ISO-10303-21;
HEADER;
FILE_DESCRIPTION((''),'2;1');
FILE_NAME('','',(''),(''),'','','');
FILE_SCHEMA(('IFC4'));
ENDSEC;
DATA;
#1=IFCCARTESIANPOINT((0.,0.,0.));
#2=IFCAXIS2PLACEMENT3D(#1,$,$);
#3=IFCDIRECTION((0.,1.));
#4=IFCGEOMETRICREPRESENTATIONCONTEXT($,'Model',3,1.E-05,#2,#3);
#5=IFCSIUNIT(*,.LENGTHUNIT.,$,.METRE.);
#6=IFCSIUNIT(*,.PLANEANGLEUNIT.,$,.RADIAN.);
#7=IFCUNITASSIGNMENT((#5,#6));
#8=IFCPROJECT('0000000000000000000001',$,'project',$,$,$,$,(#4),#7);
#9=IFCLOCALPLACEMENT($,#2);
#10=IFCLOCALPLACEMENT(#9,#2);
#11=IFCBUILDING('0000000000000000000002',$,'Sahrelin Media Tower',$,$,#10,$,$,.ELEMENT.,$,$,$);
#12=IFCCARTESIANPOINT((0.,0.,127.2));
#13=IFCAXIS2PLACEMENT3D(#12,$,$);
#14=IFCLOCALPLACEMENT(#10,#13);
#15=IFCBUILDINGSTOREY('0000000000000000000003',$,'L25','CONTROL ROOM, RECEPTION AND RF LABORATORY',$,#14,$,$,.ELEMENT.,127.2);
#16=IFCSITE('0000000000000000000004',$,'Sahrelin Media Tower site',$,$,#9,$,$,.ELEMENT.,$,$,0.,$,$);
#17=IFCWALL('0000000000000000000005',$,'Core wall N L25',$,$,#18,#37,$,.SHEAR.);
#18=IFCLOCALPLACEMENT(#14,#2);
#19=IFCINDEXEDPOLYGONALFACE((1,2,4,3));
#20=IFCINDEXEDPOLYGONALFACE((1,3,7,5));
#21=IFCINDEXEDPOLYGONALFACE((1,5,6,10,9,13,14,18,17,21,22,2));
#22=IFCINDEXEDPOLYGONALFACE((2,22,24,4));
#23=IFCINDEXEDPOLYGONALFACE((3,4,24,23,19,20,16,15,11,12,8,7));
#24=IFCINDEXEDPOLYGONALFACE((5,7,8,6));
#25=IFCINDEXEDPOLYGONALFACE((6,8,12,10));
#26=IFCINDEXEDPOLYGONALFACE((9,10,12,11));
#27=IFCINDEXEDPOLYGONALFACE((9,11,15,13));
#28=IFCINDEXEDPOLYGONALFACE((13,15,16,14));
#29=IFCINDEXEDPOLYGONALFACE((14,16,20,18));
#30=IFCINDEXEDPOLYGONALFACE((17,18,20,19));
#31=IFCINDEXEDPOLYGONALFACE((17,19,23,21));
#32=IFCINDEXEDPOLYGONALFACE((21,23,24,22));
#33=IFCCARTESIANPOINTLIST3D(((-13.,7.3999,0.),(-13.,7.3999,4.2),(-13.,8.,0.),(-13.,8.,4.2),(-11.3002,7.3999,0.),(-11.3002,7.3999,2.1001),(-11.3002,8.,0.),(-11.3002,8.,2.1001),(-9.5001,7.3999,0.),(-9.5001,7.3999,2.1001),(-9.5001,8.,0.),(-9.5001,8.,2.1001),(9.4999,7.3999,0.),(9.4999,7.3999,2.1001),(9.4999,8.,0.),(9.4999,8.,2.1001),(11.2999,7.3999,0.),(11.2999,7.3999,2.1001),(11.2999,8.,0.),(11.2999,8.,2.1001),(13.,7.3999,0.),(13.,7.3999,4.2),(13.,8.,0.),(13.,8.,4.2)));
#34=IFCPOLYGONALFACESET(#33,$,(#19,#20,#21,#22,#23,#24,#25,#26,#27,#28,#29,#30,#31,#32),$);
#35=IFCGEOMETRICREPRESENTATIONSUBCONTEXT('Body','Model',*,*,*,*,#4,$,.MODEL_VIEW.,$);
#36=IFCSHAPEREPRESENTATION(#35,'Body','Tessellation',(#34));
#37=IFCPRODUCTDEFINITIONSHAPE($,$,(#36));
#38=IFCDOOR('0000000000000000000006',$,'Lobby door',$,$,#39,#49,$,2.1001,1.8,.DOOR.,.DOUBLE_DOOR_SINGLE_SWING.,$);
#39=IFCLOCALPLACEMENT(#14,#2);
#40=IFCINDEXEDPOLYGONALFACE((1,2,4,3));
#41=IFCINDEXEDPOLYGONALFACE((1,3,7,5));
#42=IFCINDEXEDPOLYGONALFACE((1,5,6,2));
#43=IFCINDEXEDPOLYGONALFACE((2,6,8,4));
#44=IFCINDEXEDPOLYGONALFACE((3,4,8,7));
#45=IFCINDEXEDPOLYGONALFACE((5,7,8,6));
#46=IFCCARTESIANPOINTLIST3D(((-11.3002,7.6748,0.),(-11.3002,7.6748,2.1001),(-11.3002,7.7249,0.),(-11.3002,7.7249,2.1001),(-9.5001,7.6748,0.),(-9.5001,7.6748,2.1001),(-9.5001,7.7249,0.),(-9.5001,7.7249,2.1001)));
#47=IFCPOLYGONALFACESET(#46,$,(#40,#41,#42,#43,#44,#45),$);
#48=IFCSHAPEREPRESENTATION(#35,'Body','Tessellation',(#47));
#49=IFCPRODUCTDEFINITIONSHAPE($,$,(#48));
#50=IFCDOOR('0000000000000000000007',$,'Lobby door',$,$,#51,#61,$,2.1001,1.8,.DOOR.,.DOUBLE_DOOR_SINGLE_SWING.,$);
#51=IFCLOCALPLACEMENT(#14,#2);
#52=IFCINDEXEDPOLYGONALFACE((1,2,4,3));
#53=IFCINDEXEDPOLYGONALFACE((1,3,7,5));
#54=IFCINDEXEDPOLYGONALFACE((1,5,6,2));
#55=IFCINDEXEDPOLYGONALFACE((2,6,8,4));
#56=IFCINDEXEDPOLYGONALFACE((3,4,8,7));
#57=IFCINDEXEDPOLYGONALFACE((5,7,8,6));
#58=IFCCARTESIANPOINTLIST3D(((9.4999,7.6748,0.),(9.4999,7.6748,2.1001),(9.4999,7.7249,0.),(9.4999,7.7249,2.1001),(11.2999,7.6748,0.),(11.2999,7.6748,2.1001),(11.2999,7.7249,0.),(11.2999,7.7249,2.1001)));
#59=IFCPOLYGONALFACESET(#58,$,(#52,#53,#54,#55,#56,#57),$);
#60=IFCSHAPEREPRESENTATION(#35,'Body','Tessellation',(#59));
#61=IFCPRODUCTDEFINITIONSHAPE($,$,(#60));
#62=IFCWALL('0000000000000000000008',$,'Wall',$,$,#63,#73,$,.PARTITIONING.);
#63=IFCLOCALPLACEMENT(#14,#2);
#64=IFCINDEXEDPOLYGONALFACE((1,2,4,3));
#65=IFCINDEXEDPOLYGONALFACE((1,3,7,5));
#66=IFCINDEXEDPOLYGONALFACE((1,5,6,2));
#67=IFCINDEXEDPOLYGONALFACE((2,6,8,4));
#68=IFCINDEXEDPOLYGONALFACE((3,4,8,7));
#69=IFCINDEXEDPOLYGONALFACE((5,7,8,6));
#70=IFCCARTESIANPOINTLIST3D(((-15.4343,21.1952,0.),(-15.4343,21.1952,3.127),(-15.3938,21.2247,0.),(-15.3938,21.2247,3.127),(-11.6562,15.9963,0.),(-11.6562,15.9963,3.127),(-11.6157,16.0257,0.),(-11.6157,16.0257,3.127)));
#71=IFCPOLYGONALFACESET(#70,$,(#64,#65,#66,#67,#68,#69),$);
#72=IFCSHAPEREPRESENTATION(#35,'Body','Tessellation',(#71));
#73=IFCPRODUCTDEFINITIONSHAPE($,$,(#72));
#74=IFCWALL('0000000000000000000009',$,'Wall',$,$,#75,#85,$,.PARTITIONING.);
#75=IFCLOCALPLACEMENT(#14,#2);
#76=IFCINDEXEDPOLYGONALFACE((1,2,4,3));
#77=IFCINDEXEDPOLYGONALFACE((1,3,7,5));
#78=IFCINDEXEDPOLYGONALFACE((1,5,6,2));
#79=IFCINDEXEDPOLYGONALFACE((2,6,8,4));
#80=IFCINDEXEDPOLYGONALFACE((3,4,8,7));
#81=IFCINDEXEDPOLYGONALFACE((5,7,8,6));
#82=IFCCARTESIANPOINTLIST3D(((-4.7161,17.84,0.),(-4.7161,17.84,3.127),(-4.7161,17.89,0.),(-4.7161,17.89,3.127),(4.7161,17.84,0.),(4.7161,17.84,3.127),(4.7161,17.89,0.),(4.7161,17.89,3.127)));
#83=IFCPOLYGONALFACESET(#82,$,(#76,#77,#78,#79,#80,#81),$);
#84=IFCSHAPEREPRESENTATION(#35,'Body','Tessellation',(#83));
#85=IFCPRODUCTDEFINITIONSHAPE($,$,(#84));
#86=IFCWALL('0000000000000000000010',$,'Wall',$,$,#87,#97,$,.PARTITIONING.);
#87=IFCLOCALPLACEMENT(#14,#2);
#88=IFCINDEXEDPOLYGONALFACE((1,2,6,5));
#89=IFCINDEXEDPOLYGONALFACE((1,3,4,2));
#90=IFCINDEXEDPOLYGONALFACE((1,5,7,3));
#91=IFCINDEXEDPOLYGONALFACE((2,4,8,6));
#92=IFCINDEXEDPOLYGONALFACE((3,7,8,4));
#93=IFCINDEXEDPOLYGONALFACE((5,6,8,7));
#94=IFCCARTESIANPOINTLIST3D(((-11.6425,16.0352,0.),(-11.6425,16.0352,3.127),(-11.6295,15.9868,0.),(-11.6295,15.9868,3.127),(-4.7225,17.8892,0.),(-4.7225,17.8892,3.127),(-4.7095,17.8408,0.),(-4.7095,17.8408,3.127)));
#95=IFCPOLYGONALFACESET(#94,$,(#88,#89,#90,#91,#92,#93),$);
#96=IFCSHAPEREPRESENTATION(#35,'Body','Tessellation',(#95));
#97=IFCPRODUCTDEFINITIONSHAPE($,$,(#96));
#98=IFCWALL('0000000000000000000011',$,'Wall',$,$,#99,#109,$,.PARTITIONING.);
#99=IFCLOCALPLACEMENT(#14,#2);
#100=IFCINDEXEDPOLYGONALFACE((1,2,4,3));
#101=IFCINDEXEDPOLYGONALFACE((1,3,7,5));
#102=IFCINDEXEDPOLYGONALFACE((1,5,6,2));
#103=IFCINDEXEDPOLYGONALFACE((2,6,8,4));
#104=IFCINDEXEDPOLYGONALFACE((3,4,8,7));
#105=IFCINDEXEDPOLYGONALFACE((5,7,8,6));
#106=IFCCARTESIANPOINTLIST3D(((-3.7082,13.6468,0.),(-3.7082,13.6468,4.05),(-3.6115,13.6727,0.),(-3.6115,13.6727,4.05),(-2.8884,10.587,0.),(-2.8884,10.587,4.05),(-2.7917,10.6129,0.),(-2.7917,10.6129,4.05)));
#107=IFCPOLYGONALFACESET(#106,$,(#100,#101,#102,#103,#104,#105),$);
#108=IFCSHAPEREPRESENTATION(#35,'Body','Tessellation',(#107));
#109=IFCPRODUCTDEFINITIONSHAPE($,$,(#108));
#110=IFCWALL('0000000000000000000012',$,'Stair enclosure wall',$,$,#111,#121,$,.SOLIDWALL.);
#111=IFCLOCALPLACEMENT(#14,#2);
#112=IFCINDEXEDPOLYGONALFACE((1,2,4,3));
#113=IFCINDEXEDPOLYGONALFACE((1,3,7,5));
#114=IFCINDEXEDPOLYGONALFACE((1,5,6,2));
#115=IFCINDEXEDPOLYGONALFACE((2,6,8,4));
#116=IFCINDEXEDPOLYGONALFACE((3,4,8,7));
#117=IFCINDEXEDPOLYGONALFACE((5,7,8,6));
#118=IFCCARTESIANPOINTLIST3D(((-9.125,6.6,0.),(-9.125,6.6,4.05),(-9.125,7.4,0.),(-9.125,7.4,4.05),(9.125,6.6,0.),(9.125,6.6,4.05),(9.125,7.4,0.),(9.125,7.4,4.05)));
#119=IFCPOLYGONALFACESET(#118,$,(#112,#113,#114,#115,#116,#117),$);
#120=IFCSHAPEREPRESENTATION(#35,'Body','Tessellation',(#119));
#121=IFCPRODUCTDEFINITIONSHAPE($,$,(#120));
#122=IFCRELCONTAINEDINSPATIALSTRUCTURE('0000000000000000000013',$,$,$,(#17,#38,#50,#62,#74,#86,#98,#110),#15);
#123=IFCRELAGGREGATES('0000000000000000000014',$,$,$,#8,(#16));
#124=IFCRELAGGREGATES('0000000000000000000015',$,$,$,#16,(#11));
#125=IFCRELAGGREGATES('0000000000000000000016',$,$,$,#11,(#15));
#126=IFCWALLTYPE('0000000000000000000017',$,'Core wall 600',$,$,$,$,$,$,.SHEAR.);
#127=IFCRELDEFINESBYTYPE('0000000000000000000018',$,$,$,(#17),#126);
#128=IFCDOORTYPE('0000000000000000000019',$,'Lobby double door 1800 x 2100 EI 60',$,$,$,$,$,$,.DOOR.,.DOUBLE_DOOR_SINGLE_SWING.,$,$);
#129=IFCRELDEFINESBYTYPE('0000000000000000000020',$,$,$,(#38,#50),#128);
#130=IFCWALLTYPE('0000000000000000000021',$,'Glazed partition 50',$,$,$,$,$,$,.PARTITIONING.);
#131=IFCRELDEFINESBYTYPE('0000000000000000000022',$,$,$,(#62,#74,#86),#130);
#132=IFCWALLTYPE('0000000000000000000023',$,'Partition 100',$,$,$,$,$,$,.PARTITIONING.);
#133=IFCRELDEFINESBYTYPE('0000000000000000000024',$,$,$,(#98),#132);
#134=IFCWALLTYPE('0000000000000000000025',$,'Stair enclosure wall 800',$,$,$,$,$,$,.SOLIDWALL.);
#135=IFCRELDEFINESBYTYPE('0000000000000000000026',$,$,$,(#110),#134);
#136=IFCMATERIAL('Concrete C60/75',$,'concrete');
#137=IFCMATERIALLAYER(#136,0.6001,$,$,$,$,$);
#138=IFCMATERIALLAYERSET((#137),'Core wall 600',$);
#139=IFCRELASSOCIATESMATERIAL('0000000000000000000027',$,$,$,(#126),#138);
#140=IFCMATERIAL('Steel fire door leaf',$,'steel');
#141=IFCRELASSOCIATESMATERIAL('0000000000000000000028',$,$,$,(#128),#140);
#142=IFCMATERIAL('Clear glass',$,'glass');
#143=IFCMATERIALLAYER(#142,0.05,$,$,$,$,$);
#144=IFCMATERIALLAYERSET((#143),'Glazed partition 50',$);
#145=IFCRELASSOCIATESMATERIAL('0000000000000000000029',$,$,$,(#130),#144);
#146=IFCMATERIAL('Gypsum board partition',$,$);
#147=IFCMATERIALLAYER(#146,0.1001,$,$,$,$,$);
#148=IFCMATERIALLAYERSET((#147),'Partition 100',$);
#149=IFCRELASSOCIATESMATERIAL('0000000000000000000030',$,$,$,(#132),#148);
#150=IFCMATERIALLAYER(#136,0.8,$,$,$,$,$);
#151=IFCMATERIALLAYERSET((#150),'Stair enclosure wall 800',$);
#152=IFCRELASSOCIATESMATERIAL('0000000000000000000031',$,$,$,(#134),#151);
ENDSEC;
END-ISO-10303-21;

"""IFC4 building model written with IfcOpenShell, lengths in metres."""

from ifc_helpers import new_model, si_unit, direction, frame, frame_2d, origin, place, context, subcontext, project, spatial, rectangle, extrude, material, layer, layer_set, type_object, element, fill, save


model = new_model("IFC4")

# Units and contexts
model_context = context("Model", 3, precision=1e-05, world=origin(), true_north=direction((0.0, 1.0)))
body_context = subcontext(model_context, "Body", "Model", "MODEL_VIEW")
ifc_project = project(units=[si_unit("LENGTHUNIT", "METRE"), si_unit("PLANEANGLEUNIT", "RADIAN")], contexts=[model_context])

# Site, building, storey
site_placement = place(None, origin())
site = spatial("IfcSite", under=ifc_project, at=site_placement, Name="Sahrelin Media Tower site", CompositionType="ELEMENT", RefElevation=0.0)
building_placement = place(site_placement, origin())
building = spatial("IfcBuilding", under=site, at=building_placement, Name="Sahrelin Media Tower", CompositionType="ELEMENT")
storey_placement = place(building_placement, frame((0.0, 0.0, 127.2)))
storey = spatial("IfcBuildingStorey", under=building, at=storey_placement, Name="L25", Description="CONTROL ROOM, RECEPTION AND RF LABORATORY", CompositionType="ELEMENT", Elevation=127.2)

# Wall, openings, doors
ifc_material_1 = material(Name="Concrete C60/75", Category="concrete")
ifc_layer_1 = layer(ifc_material_1, 0.6001)
ifc_layer_set_1 = layer_set([ifc_layer_1], Name="Core wall 600")
wall_type_1 = type_object("IfcWallType", Name="Core wall 600", PredefinedType="SHEAR", material=ifc_layer_set_1)
wall_1_placement = place(storey_placement, frame((-13.0, 7.7, 0.0), z_axis=(0.0, 0.0, 1.0), x_axis=(1.0, 0.0, 0.0)))
wall_1 = element("IfcWall", 1, at=wall_1_placement, inside=storey, type_object=wall_type_1, Name="Core wall N L25", PredefinedType="SHEAR", context=body_context, shape_type="SweptSolid", body=[
    extrude(rectangle(XDim=26.0, YDim=0.6001, at=frame_2d((13.0, 0.0))), origin(), (0.0, 0.0, 1.0), 4.2),
])
opening_1_placement = place(wall_1_placement, frame((1.7, 0.0, 0.0)))
opening_1 = element("IfcOpeningElement", 2, at=opening_1_placement, cuts=wall_1, PredefinedType="OPENING", context=body_context, shape_type="SweptSolid", body=[
    extrude(rectangle(XDim=1.8, YDim=2.1001, at=frame_2d((0.8999, 1.05))), frame((0.0, 0.3, 0.0), z_axis=(0.0, -1.0, 0.0), x_axis=(1.0, 0.0, 0.0)), (0.0, 0.0, 1.0), 0.6001),
])
opening_2_placement = place(wall_1_placement, frame((22.5, 0.0, 0.0)))
opening_2 = element("IfcOpeningElement", 3, at=opening_2_placement, cuts=wall_1, PredefinedType="OPENING", context=body_context, shape_type="SweptSolid", body=[
    extrude(rectangle(XDim=1.8, YDim=2.1001, at=frame_2d((0.8999, 1.05))), frame((0.0, 0.3, 0.0), z_axis=(0.0, -1.0, 0.0), x_axis=(1.0, 0.0, 0.0)), (0.0, 0.0, 1.0), 0.6001),
])
ifc_material_2 = material(Name="Steel fire door leaf", Category="steel")
door_type = type_object("IfcDoorType", Name="Lobby double door 1800 x 2100 EI 60", OperationType="DOUBLE_DOOR_SINGLE_SWING", PredefinedType="DOOR", material=ifc_material_2)
door_1_placement = place(opening_1_placement, origin())
door_1 = element("IfcDoor", 4, at=door_1_placement, inside=storey, type_object=door_type, Name="Lobby door", OperationType="DOUBLE_DOOR_SINGLE_SWING", OverallHeight=2.1001, OverallWidth=1.8, PredefinedType="DOOR", context=body_context, shape_type="SweptSolid", body=[
    extrude(rectangle(XDim=1.8, YDim=2.1001, at=frame_2d((0.8999, 1.05))), frame((0.0, 0.0249, 0.0), z_axis=(0.0, -1.0, 0.0), x_axis=(1.0, 0.0, 0.0)), (0.0, 0.0, 1.0), 0.05),
])
fill(opening_1, door_1)
door_2_placement = place(opening_2_placement, origin())
door_2 = element("IfcDoor", 5, at=door_2_placement, inside=storey, type_object=door_type, Name="Lobby door", OperationType="DOUBLE_DOOR_SINGLE_SWING", OverallHeight=2.1001, OverallWidth=1.8, PredefinedType="DOOR", context=body_context, shape_type="SweptSolid", body=[
    extrude(rectangle(XDim=1.8, YDim=2.1001, at=frame_2d((0.8999, 1.05))), frame((0.0, 0.0249, 0.0), z_axis=(0.0, -1.0, 0.0), x_axis=(1.0, 0.0, 0.0)), (0.0, 0.0, 1.0), 0.05),
])
fill(opening_2, door_2)

# Walls
ifc_material_3 = material(Name="Clear glass", Category="glass")
ifc_layer_2 = layer(ifc_material_3, 0.05)
ifc_layer_set_2 = layer_set([ifc_layer_2], Name="Glazed partition 50")
wall_type_2 = type_object("IfcWallType", Name="Glazed partition 50", PredefinedType="PARTITIONING", material=ifc_layer_set_2)
wall_2_placement = place(storey_placement, frame((-15.4141, 21.21, 0.0), z_axis=(0.0, 0.0, 1.0), x_axis=(0.587867, -0.808958, 0.0)))
element("IfcWall", 6, at=wall_2_placement, inside=storey, type_object=wall_type_2, Name="Wall", PredefinedType="PARTITIONING", context=body_context, shape_type="SweptSolid", body=[
    extrude(rectangle(XDim=6.4268, YDim=0.05, at=frame_2d((3.2134, 0.0))), origin(), (0.0, 0.0, 1.0), 3.127),
])
wall_3_placement = place(storey_placement, frame((-4.7161, 17.865, 0.0), z_axis=(0.0, 0.0, 1.0), x_axis=(1.0, 0.0, 0.0)))
element("IfcWall", 7, at=wall_3_placement, inside=storey, type_object=wall_type_2, Name="Wall", PredefinedType="PARTITIONING", context=body_context, shape_type="SweptSolid", body=[
    extrude(rectangle(XDim=9.4321, YDim=0.05, at=frame_2d((4.7161, 0.0))), origin(), (0.0, 0.0, 1.0), 3.127),
])
wall_4_placement = place(storey_placement, frame((-11.636, 16.011, 0.0), z_axis=(0.0, 0.0, 1.0), x_axis=(0.965932, 0.258795, 0.0)))
element("IfcWall", 8, at=wall_4_placement, inside=storey, type_object=wall_type_2, Name="Wall", PredefinedType="PARTITIONING", context=body_context, shape_type="SweptSolid", body=[
    extrude(rectangle(XDim=7.1641, YDim=0.05, at=frame_2d((3.582, 0.0))), origin(), (0.0, 0.0, 1.0), 3.127),
])
ifc_material_4 = material(Name="Gypsum board partition")
ifc_layer_3 = layer(ifc_material_4, 0.1001)
ifc_layer_set_3 = layer_set([ifc_layer_3], Name="Partition 100")
wall_type_3 = type_object("IfcWallType", Name="Partition 100", PredefinedType="PARTITIONING", material=ifc_layer_set_3)
wall_5_placement = place(storey_placement, frame((-3.6599, 13.6599, 0.0), z_axis=(0.0, 0.0, 1.0), x_axis=(0.258804, -0.96593, 0.0)))
element("IfcWall", 9, at=wall_5_placement, inside=storey, type_object=wall_type_3, Name="Wall", PredefinedType="PARTITIONING", context=body_context, shape_type="SweptSolid", body=[
    extrude(rectangle(XDim=3.1677, YDim=0.1001, at=frame_2d((1.584, 0.0))), origin(), (0.0, 0.0, 1.0), 4.05),
])
ifc_layer_4 = layer(ifc_material_1, 0.8)
ifc_layer_set_4 = layer_set([ifc_layer_4], Name="Stair enclosure wall 800")
wall_type_4 = type_object("IfcWallType", Name="Stair enclosure wall 800", PredefinedType="SOLIDWALL", material=ifc_layer_set_4)
wall_6_placement = place(storey_placement, frame((-9.125, 7.0, 0.0), z_axis=(0.0, 0.0, 1.0), x_axis=(1.0, 0.0, 0.0)))
element("IfcWall", 10, at=wall_6_placement, inside=storey, type_object=wall_type_4, Name="Stair enclosure wall", PredefinedType="SOLIDWALL", context=body_context, shape_type="SweptSolid", body=[
    extrude(rectangle(XDim=18.25, YDim=0.8, at=frame_2d((9.125, 0.0))), origin(), (0.0, 0.0, 1.0), 4.05),
])

save(model, "model.ifc")
